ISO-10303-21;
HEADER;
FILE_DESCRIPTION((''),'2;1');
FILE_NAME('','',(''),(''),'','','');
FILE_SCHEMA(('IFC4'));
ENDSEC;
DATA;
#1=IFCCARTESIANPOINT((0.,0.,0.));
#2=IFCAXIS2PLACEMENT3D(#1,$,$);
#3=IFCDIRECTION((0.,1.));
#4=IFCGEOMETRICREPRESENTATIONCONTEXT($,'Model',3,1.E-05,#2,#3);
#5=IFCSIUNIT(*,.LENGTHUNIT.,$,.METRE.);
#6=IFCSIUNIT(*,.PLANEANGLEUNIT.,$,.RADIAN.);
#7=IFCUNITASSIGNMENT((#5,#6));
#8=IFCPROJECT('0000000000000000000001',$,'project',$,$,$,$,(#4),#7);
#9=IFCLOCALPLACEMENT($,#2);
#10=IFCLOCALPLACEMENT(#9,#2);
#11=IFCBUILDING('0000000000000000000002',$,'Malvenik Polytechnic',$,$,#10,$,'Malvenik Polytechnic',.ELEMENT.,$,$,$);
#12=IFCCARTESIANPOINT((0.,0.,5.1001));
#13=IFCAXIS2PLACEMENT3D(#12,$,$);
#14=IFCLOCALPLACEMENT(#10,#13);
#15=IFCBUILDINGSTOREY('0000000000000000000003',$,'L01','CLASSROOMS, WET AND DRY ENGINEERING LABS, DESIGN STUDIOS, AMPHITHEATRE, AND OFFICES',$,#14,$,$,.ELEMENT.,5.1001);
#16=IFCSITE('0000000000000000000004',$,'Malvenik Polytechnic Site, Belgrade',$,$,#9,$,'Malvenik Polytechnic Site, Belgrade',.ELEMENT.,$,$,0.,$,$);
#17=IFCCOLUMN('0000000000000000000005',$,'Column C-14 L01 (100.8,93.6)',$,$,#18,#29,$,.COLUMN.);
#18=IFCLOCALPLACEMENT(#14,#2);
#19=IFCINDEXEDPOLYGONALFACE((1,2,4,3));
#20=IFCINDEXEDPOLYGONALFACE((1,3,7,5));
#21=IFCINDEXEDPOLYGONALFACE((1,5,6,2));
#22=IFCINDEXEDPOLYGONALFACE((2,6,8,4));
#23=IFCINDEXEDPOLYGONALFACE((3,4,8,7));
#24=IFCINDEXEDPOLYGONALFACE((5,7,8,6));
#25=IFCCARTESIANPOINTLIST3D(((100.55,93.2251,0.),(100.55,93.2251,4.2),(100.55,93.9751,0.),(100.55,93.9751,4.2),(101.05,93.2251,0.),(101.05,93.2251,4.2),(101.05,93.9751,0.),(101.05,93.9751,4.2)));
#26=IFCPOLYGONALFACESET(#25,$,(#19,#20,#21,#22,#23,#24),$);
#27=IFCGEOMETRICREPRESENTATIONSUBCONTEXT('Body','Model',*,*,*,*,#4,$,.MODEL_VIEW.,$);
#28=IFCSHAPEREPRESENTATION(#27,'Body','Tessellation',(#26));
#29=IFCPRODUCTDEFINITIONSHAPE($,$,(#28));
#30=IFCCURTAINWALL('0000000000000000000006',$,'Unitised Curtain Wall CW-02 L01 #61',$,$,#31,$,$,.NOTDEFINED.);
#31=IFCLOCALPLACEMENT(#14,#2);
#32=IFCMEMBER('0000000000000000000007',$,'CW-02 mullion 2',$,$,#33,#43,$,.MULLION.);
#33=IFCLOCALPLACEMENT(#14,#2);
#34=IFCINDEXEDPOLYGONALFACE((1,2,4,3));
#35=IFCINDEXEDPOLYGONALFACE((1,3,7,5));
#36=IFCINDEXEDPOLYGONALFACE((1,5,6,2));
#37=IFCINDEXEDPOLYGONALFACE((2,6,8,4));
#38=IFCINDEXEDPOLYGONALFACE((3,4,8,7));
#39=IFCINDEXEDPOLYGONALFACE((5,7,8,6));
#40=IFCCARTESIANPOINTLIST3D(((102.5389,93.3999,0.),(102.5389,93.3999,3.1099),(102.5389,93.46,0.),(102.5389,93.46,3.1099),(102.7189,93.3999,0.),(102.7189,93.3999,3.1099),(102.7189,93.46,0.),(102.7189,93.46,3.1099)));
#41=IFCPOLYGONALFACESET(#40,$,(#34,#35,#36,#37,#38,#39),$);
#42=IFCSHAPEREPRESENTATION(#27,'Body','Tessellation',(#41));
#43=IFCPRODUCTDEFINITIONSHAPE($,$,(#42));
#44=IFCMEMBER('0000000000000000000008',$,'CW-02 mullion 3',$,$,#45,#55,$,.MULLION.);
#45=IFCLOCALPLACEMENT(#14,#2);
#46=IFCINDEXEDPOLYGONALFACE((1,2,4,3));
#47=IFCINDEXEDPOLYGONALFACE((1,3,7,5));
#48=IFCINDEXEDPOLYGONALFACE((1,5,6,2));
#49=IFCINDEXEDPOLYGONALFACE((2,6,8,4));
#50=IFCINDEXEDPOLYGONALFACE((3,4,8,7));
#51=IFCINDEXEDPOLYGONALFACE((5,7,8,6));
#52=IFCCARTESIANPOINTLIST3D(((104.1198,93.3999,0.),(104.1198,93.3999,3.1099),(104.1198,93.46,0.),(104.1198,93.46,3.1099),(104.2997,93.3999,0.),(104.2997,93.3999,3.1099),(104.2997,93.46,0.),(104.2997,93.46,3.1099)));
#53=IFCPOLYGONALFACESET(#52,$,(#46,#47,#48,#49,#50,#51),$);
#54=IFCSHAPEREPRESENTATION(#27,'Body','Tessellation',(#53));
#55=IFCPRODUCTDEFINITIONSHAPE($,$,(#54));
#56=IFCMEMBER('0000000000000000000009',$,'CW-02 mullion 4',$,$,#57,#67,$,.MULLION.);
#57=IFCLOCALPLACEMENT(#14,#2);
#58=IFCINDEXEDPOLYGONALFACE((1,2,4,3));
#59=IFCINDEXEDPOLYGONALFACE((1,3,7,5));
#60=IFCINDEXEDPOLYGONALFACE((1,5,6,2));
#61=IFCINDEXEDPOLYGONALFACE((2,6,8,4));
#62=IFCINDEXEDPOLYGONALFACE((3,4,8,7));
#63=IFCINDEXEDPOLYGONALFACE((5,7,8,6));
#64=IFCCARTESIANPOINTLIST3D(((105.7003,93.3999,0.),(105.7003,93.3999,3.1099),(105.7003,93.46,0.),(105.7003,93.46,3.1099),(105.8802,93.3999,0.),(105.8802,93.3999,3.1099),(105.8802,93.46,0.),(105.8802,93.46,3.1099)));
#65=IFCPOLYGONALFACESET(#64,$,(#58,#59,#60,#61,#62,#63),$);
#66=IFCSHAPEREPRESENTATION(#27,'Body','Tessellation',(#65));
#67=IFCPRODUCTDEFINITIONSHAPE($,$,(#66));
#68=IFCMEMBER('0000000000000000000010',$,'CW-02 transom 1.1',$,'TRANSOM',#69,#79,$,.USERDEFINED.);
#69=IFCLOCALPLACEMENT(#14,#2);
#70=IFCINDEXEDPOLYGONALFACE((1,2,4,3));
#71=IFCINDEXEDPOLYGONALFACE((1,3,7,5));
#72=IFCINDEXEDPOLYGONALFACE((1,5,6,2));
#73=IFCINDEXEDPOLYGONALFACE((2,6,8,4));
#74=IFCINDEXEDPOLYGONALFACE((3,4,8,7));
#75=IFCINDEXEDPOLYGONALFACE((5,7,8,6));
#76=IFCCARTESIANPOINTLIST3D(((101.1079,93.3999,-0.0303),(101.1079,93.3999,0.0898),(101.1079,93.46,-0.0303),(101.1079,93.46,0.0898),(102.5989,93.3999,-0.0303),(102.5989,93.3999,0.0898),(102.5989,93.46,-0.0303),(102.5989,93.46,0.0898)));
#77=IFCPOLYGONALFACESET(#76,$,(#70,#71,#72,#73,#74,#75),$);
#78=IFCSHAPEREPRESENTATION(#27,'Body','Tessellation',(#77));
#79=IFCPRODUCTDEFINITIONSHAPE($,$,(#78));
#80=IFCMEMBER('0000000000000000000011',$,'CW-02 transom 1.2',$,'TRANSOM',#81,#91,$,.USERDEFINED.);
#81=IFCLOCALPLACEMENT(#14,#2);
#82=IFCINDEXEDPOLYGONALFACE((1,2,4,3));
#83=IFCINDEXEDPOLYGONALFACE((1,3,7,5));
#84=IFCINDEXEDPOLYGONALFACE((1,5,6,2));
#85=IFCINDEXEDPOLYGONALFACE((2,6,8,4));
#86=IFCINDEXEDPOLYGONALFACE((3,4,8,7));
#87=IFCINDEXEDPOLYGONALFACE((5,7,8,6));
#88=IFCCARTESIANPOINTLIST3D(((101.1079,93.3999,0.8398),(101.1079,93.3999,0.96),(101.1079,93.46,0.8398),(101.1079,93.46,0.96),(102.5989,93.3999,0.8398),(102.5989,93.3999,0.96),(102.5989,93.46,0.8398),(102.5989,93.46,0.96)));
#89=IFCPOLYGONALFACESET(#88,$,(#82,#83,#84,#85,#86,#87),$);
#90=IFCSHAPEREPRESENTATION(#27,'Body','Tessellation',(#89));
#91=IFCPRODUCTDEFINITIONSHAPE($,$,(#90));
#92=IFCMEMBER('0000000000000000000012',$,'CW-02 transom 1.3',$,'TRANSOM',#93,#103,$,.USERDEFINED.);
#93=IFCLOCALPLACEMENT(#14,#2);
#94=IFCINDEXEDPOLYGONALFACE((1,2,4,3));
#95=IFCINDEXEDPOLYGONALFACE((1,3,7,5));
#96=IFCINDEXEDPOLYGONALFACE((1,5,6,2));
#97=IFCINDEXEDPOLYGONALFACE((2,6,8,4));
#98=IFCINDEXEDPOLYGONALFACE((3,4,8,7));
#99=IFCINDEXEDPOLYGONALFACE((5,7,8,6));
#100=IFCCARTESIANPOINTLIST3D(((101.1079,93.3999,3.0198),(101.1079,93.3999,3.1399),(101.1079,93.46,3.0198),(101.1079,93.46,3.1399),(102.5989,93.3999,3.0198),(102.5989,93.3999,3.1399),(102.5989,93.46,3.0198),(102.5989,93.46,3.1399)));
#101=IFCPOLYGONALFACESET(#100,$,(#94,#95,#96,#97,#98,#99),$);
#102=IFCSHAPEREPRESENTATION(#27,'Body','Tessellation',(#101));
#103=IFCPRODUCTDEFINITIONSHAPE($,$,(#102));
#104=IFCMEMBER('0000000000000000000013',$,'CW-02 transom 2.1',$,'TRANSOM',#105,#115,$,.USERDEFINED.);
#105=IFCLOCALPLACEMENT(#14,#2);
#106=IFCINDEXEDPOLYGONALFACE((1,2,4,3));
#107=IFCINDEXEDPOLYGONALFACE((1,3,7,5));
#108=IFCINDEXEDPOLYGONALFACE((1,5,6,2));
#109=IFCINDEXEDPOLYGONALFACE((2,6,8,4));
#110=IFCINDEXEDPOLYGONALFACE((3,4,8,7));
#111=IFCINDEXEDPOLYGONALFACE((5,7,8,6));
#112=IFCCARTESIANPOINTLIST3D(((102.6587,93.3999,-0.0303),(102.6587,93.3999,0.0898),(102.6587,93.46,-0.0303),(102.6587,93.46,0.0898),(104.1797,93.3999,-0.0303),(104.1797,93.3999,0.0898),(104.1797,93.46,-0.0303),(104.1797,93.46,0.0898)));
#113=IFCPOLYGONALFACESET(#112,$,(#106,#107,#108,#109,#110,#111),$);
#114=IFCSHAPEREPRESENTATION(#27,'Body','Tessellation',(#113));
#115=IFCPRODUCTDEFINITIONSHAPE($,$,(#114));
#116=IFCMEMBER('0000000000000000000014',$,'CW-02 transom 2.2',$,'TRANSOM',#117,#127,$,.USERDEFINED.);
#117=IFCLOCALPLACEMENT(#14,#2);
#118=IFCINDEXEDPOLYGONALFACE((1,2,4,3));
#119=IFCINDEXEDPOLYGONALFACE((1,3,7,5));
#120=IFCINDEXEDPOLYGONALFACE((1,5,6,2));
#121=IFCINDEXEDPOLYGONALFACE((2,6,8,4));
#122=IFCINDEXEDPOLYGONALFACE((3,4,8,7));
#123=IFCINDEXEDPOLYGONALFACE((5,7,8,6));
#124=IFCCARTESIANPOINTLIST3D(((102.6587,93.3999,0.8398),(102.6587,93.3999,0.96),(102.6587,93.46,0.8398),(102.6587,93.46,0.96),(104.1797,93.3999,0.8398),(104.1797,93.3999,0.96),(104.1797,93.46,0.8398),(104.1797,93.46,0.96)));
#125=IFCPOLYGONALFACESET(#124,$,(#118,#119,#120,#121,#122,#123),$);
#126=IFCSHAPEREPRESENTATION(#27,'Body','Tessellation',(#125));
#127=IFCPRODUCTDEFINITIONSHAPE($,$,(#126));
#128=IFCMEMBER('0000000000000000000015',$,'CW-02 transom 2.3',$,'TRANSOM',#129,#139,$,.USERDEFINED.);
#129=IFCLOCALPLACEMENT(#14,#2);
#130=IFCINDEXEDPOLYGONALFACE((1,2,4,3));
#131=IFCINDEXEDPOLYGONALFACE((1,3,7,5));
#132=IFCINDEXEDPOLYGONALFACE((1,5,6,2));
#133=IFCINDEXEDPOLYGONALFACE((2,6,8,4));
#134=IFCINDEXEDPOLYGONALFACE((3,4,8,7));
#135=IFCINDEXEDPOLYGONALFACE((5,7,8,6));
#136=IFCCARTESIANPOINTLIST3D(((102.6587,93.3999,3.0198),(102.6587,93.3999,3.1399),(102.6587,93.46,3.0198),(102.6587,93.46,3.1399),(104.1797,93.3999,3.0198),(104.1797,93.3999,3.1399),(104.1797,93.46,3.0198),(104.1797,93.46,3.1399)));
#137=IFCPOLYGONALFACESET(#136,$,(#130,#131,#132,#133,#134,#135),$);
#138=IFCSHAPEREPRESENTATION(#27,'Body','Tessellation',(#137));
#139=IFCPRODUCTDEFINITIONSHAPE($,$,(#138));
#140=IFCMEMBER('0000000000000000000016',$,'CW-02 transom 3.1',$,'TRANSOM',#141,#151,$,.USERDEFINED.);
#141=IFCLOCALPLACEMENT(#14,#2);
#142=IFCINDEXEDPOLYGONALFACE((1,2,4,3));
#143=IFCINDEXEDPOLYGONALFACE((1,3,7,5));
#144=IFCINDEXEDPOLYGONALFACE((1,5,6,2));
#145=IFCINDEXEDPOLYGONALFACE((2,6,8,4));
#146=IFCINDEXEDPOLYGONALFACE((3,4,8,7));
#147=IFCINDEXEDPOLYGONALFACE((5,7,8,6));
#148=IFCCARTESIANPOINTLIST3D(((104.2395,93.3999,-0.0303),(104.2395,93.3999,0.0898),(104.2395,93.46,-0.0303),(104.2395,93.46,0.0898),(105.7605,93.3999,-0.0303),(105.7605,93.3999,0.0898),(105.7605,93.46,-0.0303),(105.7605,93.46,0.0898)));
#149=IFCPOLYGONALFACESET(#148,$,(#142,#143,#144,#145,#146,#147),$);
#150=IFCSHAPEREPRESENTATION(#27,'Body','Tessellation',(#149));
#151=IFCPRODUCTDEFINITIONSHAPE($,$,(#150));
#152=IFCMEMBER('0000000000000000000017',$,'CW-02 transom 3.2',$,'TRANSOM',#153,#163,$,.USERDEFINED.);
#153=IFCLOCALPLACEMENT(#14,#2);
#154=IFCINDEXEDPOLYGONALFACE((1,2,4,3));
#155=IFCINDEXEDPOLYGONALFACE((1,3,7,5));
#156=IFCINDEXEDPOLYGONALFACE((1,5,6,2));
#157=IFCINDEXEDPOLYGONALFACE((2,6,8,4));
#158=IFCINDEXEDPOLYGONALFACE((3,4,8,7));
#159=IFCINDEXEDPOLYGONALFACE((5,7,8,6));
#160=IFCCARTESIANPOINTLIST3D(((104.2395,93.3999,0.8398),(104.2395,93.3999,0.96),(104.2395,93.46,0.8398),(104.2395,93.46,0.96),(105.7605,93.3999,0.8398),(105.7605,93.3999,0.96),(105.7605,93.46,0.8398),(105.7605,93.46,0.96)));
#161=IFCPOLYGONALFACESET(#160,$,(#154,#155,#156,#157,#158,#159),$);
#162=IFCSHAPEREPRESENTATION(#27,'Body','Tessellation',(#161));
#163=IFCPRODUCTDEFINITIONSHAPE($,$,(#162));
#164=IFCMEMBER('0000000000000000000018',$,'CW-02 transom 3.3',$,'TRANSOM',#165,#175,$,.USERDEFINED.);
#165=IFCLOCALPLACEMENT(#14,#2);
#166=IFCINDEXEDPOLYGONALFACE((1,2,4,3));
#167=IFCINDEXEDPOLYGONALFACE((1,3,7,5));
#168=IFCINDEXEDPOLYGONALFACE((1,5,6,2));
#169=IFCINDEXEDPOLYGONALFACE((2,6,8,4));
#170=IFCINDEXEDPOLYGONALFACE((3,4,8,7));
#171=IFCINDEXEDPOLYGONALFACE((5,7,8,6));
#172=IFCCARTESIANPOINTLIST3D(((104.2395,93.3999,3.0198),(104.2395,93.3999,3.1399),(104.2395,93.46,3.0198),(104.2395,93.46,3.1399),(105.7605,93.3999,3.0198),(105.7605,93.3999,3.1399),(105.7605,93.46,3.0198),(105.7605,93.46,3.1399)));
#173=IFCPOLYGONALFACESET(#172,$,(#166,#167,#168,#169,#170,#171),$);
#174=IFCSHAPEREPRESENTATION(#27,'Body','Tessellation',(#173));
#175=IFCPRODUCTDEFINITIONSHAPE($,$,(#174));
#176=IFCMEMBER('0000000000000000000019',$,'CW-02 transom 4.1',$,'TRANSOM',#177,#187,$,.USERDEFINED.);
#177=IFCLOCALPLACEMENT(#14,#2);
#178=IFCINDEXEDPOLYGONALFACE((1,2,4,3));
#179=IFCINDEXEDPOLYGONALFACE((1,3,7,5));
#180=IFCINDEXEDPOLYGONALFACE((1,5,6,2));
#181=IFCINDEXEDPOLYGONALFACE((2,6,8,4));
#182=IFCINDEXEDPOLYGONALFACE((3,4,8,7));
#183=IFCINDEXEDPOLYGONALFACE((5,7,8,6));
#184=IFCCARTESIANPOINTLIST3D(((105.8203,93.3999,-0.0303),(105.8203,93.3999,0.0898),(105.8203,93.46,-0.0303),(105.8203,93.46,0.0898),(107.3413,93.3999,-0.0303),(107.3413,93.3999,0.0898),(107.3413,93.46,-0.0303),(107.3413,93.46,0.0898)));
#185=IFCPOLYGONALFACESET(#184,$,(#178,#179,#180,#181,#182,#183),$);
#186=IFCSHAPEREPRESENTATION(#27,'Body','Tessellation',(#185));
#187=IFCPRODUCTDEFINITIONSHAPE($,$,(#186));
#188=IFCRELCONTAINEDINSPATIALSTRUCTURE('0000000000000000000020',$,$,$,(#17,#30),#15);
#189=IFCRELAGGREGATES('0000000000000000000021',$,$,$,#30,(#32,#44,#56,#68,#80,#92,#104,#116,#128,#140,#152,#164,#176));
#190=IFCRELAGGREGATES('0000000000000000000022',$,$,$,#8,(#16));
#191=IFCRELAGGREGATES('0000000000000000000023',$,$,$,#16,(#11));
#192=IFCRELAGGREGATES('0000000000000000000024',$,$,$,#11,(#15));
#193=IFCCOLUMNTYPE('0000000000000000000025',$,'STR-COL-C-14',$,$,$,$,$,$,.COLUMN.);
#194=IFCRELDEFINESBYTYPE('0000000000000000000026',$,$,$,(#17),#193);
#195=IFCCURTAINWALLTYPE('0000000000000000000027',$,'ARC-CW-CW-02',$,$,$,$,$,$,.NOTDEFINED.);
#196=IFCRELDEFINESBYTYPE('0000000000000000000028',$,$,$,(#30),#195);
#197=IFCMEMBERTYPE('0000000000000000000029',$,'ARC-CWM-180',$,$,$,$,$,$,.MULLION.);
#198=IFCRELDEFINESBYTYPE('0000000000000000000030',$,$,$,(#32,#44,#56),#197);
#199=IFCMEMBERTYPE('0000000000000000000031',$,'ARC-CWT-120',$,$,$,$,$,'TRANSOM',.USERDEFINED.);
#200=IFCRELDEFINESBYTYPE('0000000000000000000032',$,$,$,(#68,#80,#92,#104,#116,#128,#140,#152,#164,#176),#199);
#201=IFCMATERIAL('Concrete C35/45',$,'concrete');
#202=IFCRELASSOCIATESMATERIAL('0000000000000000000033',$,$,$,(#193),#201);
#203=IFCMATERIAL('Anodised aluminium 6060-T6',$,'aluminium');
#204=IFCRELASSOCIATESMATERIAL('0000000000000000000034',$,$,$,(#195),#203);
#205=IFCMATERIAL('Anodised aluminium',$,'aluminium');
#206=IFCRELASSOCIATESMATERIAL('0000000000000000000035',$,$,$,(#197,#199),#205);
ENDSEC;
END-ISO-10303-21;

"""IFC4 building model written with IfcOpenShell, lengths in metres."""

from ifc_helpers import new_model, si_unit, direction, frame, origin, origin_2d, place, context, subcontext, project, spatial, rectangle, extrude, material, material_profile, profile_set, type_object, element, aggregate, save


model = new_model("IFC4")

# Units and contexts
model_context = context("Model", 3, precision=1e-05, world=origin(), true_north=direction((0.0, 1.0)))
body_context = subcontext(model_context, "Body", "Model", "MODEL_VIEW")
ifc_project = project(units=[si_unit("LENGTHUNIT", "METRE"), si_unit("PLANEANGLEUNIT", "RADIAN")], contexts=[model_context])

# Site, building, storey
site_placement = place(None, origin())
site = spatial("IfcSite", under=ifc_project, at=site_placement, Name="Malvenik Polytechnic Site, Belgrade", LongName="Malvenik Polytechnic Site, Belgrade", CompositionType="ELEMENT", RefElevation=0.0)
building_placement = place(site_placement, origin())
building = spatial("IfcBuilding", under=site, at=building_placement, Name="Malvenik Polytechnic", LongName="Malvenik Polytechnic", CompositionType="ELEMENT")
storey_placement = place(building_placement, frame((0.0, 0.0, 5.1001)))
storey = spatial("IfcBuildingStorey", under=building, at=storey_placement, Name="L01", Description="CLASSROOMS, WET AND DRY ENGINEERING LABS, DESIGN STUDIOS, AMPHITHEATRE, AND OFFICES", CompositionType="ELEMENT", Elevation=5.1001)

# Column
ifc_material_1 = material(Name="Concrete C35/45", Category="concrete")
ifc_material_profile_1 = material_profile(ifc_material_1, rectangle(XDim=0.5, YDim=0.75, at=origin_2d()), Name="RC COL 750x500")
ifc_profile_set_1 = profile_set([ifc_material_profile_1], Name="Concrete C35/45")
column_type = type_object("IfcColumnType", Name="STR-COL-C-14", PredefinedType="COLUMN", material=ifc_profile_set_1)
column_placement = place(storey_placement, frame((100.8, 93.6001, 0.0), z_axis=(0.0, 0.0, 1.0), x_axis=(1.0, 0.0, 0.0)))
element("IfcColumn", 1, at=column_placement, inside=storey, type_object=column_type, Name="Column C-14 L01 (100.8,93.6)", PredefinedType="COLUMN", context=body_context, shape_type="SweptSolid", body=[
    extrude(rectangle(XDim=0.5, YDim=0.75, at=origin_2d()), origin(), (0.0, 0.0, 1.0), 4.2),
])

# Curtain wall, members
ifc_material_2 = material(Name="Anodised aluminium 6060-T6", Category="aluminium")
curtain_wall_type = type_object("IfcCurtainWallType", Name="ARC-CW-CW-02", PredefinedType="NOTDEFINED", material=ifc_material_2)
curtain_wall_placement = place(storey_placement, origin())
curtain_wall = element("IfcCurtainWall", 2, at=curtain_wall_placement, inside=storey, type_object=curtain_wall_type, Name="Unitised Curtain Wall CW-02 L01 #61", PredefinedType="NOTDEFINED")
ifc_material_3 = material(Name="Anodised aluminium", Category="aluminium")
ifc_material_profile_2 = material_profile(ifc_material_3, rectangle(XDim=0.0601, YDim=0.1799, at=origin_2d()), Name="ALU MULLION 60x180")
ifc_profile_set_2 = profile_set([ifc_material_profile_2], Name="Anodised aluminium")
member_type_1 = type_object("IfcMemberType", Name="ARC-CWM-180", PredefinedType="MULLION", material=ifc_profile_set_2)
member_1_placement = place(storey_placement, frame((102.6289, 93.4299, 0.0), z_axis=(0.0, 0.0, 1.0), x_axis=(0.0, 1.0, 0.0)))
member_1 = element("IfcMember", 3, at=member_1_placement, type_object=member_type_1, Name="CW-02 mullion 2", PredefinedType="MULLION", context=body_context, shape_type="SweptSolid", body=[
    extrude(rectangle(XDim=0.0601, YDim=0.1799, at=origin_2d()), origin(), (0.0, 0.0, 1.0), 3.1099),
])
member_2_placement = place(storey_placement, frame((104.2097, 93.4299, 0.0), z_axis=(0.0, 0.0, 1.0), x_axis=(0.0, 1.0, 0.0)))
member_2 = element("IfcMember", 4, at=member_2_placement, type_object=member_type_1, Name="CW-02 mullion 3", PredefinedType="MULLION", context=body_context, shape_type="SweptSolid", body=[
    extrude(rectangle(XDim=0.0601, YDim=0.1799, at=origin_2d()), origin(), (0.0, 0.0, 1.0), 3.1099),
])
member_3_placement = place(storey_placement, frame((105.7903, 93.4299, 0.0), z_axis=(0.0, 0.0, 1.0), x_axis=(0.0, 1.0, 0.0)))
member_3 = element("IfcMember", 5, at=member_3_placement, type_object=member_type_1, Name="CW-02 mullion 4", PredefinedType="MULLION", context=body_context, shape_type="SweptSolid", body=[
    extrude(rectangle(XDim=0.0601, YDim=0.1799, at=origin_2d()), origin(), (0.0, 0.0, 1.0), 3.1099),
])
ifc_material_profile_3 = material_profile(ifc_material_3, rectangle(XDim=0.0601, YDim=0.1201, at=origin_2d()), Name="ALU TRANSOM 60x120")
ifc_profile_set_3 = profile_set([ifc_material_profile_3], Name="Anodised aluminium")
member_type_2 = type_object("IfcMemberType", Name="ARC-CWT-120", ElementType="TRANSOM", PredefinedType="USERDEFINED", material=ifc_profile_set_3)
member_4_placement = place(storey_placement, frame((101.1079, 93.4299, 0.0298), z_axis=(1.0, 0.0, 0.0), x_axis=(0.0, 1.0, 0.0)))
member_4 = element("IfcMember", 6, at=member_4_placement, type_object=member_type_2, Name="CW-02 transom 1.1", ObjectType="TRANSOM", PredefinedType="USERDEFINED", context=body_context, shape_type="SweptSolid", body=[
    extrude(rectangle(XDim=0.0601, YDim=0.1201, at=origin_2d()), origin(), (0.0, 0.0, 1.0), 1.491),
])
member_5_placement = place(storey_placement, frame((101.1079, 93.4299, 0.8999), z_axis=(1.0, 0.0, 0.0), x_axis=(0.0, 1.0, 0.0)))
member_5 = element("IfcMember", 7, at=member_5_placement, type_object=member_type_2, Name="CW-02 transom 1.2", ObjectType="TRANSOM", PredefinedType="USERDEFINED", context=body_context, shape_type="SweptSolid", body=[
    extrude(rectangle(XDim=0.0601, YDim=0.1201, at=origin_2d()), origin(), (0.0, 0.0, 1.0), 1.491),
])
member_6_placement = place(storey_placement, frame((101.1079, 93.4299, 3.0798), z_axis=(1.0, 0.0, 0.0), x_axis=(0.0, 1.0, 0.0)))
member_6 = element("IfcMember", 8, at=member_6_placement, type_object=member_type_2, Name="CW-02 transom 1.3", ObjectType="TRANSOM", PredefinedType="USERDEFINED", context=body_context, shape_type="SweptSolid", body=[
    extrude(rectangle(XDim=0.0601, YDim=0.1201, at=origin_2d()), origin(), (0.0, 0.0, 1.0), 1.491),
])
member_7_placement = place(storey_placement, frame((102.6587, 93.4299, 0.0298), z_axis=(1.0, 0.0, 0.0), x_axis=(0.0, 1.0, 0.0)))
member_7 = element("IfcMember", 9, at=member_7_placement, type_object=member_type_2, Name="CW-02 transom 2.1", ObjectType="TRANSOM", PredefinedType="USERDEFINED", context=body_context, shape_type="SweptSolid", body=[
    extrude(rectangle(XDim=0.0601, YDim=0.1201, at=origin_2d()), origin(), (0.0, 0.0, 1.0), 1.521),
])
member_8_placement = place(storey_placement, frame((102.6587, 93.4299, 0.8999), z_axis=(1.0, 0.0, 0.0), x_axis=(0.0, 1.0, 0.0)))
member_8 = element("IfcMember", 10, at=member_8_placement, type_object=member_type_2, Name="CW-02 transom 2.2", ObjectType="TRANSOM", PredefinedType="USERDEFINED", context=body_context, shape_type="SweptSolid", body=[
    extrude(rectangle(XDim=0.0601, YDim=0.1201, at=origin_2d()), origin(), (0.0, 0.0, 1.0), 1.521),
])
member_9_placement = place(storey_placement, frame((102.6587, 93.4299, 3.0798), z_axis=(1.0, 0.0, 0.0), x_axis=(0.0, 1.0, 0.0)))
member_9 = element("IfcMember", 11, at=member_9_placement, type_object=member_type_2, Name="CW-02 transom 2.3", ObjectType="TRANSOM", PredefinedType="USERDEFINED", context=body_context, shape_type="SweptSolid", body=[
    extrude(rectangle(XDim=0.0601, YDim=0.1201, at=origin_2d()), origin(), (0.0, 0.0, 1.0), 1.521),
])
member_10_placement = place(storey_placement, frame((104.2395, 93.4299, 0.0298), z_axis=(1.0, 0.0, 0.0), x_axis=(0.0, 1.0, 0.0)))
member_10 = element("IfcMember", 12, at=member_10_placement, type_object=member_type_2, Name="CW-02 transom 3.1", ObjectType="TRANSOM", PredefinedType="USERDEFINED", context=body_context, shape_type="SweptSolid", body=[
    extrude(rectangle(XDim=0.0601, YDim=0.1201, at=origin_2d()), origin(), (0.0, 0.0, 1.0), 1.521),
])
member_11_placement = place(storey_placement, frame((104.2395, 93.4299, 0.8999), z_axis=(1.0, 0.0, 0.0), x_axis=(0.0, 1.0, 0.0)))
member_11 = element("IfcMember", 13, at=member_11_placement, type_object=member_type_2, Name="CW-02 transom 3.2", ObjectType="TRANSOM", PredefinedType="USERDEFINED", context=body_context, shape_type="SweptSolid", body=[
    extrude(rectangle(XDim=0.0601, YDim=0.1201, at=origin_2d()), origin(), (0.0, 0.0, 1.0), 1.521),
])
member_12_placement = place(storey_placement, frame((104.2395, 93.4299, 3.0798), z_axis=(1.0, 0.0, 0.0), x_axis=(0.0, 1.0, 0.0)))
member_12 = element("IfcMember", 14, at=member_12_placement, type_object=member_type_2, Name="CW-02 transom 3.3", ObjectType="TRANSOM", PredefinedType="USERDEFINED", context=body_context, shape_type="SweptSolid", body=[
    extrude(rectangle(XDim=0.0601, YDim=0.1201, at=origin_2d()), origin(), (0.0, 0.0, 1.0), 1.521),
])
member_13_placement = place(storey_placement, frame((105.8203, 93.4299, 0.0298), z_axis=(1.0, 0.0, 0.0), x_axis=(0.0, 1.0, 0.0)))
member_13 = element("IfcMember", 15, at=member_13_placement, type_object=member_type_2, Name="CW-02 transom 4.1", ObjectType="TRANSOM", PredefinedType="USERDEFINED", context=body_context, shape_type="SweptSolid", body=[
    extrude(rectangle(XDim=0.0601, YDim=0.1201, at=origin_2d()), origin(), (0.0, 0.0, 1.0), 1.521),
])

aggregate(curtain_wall, [member_1, member_2, member_3, member_4, member_5, member_6, member_7, member_8, member_9, member_10, member_11, member_12, member_13])

save(model, "model.ifc")
